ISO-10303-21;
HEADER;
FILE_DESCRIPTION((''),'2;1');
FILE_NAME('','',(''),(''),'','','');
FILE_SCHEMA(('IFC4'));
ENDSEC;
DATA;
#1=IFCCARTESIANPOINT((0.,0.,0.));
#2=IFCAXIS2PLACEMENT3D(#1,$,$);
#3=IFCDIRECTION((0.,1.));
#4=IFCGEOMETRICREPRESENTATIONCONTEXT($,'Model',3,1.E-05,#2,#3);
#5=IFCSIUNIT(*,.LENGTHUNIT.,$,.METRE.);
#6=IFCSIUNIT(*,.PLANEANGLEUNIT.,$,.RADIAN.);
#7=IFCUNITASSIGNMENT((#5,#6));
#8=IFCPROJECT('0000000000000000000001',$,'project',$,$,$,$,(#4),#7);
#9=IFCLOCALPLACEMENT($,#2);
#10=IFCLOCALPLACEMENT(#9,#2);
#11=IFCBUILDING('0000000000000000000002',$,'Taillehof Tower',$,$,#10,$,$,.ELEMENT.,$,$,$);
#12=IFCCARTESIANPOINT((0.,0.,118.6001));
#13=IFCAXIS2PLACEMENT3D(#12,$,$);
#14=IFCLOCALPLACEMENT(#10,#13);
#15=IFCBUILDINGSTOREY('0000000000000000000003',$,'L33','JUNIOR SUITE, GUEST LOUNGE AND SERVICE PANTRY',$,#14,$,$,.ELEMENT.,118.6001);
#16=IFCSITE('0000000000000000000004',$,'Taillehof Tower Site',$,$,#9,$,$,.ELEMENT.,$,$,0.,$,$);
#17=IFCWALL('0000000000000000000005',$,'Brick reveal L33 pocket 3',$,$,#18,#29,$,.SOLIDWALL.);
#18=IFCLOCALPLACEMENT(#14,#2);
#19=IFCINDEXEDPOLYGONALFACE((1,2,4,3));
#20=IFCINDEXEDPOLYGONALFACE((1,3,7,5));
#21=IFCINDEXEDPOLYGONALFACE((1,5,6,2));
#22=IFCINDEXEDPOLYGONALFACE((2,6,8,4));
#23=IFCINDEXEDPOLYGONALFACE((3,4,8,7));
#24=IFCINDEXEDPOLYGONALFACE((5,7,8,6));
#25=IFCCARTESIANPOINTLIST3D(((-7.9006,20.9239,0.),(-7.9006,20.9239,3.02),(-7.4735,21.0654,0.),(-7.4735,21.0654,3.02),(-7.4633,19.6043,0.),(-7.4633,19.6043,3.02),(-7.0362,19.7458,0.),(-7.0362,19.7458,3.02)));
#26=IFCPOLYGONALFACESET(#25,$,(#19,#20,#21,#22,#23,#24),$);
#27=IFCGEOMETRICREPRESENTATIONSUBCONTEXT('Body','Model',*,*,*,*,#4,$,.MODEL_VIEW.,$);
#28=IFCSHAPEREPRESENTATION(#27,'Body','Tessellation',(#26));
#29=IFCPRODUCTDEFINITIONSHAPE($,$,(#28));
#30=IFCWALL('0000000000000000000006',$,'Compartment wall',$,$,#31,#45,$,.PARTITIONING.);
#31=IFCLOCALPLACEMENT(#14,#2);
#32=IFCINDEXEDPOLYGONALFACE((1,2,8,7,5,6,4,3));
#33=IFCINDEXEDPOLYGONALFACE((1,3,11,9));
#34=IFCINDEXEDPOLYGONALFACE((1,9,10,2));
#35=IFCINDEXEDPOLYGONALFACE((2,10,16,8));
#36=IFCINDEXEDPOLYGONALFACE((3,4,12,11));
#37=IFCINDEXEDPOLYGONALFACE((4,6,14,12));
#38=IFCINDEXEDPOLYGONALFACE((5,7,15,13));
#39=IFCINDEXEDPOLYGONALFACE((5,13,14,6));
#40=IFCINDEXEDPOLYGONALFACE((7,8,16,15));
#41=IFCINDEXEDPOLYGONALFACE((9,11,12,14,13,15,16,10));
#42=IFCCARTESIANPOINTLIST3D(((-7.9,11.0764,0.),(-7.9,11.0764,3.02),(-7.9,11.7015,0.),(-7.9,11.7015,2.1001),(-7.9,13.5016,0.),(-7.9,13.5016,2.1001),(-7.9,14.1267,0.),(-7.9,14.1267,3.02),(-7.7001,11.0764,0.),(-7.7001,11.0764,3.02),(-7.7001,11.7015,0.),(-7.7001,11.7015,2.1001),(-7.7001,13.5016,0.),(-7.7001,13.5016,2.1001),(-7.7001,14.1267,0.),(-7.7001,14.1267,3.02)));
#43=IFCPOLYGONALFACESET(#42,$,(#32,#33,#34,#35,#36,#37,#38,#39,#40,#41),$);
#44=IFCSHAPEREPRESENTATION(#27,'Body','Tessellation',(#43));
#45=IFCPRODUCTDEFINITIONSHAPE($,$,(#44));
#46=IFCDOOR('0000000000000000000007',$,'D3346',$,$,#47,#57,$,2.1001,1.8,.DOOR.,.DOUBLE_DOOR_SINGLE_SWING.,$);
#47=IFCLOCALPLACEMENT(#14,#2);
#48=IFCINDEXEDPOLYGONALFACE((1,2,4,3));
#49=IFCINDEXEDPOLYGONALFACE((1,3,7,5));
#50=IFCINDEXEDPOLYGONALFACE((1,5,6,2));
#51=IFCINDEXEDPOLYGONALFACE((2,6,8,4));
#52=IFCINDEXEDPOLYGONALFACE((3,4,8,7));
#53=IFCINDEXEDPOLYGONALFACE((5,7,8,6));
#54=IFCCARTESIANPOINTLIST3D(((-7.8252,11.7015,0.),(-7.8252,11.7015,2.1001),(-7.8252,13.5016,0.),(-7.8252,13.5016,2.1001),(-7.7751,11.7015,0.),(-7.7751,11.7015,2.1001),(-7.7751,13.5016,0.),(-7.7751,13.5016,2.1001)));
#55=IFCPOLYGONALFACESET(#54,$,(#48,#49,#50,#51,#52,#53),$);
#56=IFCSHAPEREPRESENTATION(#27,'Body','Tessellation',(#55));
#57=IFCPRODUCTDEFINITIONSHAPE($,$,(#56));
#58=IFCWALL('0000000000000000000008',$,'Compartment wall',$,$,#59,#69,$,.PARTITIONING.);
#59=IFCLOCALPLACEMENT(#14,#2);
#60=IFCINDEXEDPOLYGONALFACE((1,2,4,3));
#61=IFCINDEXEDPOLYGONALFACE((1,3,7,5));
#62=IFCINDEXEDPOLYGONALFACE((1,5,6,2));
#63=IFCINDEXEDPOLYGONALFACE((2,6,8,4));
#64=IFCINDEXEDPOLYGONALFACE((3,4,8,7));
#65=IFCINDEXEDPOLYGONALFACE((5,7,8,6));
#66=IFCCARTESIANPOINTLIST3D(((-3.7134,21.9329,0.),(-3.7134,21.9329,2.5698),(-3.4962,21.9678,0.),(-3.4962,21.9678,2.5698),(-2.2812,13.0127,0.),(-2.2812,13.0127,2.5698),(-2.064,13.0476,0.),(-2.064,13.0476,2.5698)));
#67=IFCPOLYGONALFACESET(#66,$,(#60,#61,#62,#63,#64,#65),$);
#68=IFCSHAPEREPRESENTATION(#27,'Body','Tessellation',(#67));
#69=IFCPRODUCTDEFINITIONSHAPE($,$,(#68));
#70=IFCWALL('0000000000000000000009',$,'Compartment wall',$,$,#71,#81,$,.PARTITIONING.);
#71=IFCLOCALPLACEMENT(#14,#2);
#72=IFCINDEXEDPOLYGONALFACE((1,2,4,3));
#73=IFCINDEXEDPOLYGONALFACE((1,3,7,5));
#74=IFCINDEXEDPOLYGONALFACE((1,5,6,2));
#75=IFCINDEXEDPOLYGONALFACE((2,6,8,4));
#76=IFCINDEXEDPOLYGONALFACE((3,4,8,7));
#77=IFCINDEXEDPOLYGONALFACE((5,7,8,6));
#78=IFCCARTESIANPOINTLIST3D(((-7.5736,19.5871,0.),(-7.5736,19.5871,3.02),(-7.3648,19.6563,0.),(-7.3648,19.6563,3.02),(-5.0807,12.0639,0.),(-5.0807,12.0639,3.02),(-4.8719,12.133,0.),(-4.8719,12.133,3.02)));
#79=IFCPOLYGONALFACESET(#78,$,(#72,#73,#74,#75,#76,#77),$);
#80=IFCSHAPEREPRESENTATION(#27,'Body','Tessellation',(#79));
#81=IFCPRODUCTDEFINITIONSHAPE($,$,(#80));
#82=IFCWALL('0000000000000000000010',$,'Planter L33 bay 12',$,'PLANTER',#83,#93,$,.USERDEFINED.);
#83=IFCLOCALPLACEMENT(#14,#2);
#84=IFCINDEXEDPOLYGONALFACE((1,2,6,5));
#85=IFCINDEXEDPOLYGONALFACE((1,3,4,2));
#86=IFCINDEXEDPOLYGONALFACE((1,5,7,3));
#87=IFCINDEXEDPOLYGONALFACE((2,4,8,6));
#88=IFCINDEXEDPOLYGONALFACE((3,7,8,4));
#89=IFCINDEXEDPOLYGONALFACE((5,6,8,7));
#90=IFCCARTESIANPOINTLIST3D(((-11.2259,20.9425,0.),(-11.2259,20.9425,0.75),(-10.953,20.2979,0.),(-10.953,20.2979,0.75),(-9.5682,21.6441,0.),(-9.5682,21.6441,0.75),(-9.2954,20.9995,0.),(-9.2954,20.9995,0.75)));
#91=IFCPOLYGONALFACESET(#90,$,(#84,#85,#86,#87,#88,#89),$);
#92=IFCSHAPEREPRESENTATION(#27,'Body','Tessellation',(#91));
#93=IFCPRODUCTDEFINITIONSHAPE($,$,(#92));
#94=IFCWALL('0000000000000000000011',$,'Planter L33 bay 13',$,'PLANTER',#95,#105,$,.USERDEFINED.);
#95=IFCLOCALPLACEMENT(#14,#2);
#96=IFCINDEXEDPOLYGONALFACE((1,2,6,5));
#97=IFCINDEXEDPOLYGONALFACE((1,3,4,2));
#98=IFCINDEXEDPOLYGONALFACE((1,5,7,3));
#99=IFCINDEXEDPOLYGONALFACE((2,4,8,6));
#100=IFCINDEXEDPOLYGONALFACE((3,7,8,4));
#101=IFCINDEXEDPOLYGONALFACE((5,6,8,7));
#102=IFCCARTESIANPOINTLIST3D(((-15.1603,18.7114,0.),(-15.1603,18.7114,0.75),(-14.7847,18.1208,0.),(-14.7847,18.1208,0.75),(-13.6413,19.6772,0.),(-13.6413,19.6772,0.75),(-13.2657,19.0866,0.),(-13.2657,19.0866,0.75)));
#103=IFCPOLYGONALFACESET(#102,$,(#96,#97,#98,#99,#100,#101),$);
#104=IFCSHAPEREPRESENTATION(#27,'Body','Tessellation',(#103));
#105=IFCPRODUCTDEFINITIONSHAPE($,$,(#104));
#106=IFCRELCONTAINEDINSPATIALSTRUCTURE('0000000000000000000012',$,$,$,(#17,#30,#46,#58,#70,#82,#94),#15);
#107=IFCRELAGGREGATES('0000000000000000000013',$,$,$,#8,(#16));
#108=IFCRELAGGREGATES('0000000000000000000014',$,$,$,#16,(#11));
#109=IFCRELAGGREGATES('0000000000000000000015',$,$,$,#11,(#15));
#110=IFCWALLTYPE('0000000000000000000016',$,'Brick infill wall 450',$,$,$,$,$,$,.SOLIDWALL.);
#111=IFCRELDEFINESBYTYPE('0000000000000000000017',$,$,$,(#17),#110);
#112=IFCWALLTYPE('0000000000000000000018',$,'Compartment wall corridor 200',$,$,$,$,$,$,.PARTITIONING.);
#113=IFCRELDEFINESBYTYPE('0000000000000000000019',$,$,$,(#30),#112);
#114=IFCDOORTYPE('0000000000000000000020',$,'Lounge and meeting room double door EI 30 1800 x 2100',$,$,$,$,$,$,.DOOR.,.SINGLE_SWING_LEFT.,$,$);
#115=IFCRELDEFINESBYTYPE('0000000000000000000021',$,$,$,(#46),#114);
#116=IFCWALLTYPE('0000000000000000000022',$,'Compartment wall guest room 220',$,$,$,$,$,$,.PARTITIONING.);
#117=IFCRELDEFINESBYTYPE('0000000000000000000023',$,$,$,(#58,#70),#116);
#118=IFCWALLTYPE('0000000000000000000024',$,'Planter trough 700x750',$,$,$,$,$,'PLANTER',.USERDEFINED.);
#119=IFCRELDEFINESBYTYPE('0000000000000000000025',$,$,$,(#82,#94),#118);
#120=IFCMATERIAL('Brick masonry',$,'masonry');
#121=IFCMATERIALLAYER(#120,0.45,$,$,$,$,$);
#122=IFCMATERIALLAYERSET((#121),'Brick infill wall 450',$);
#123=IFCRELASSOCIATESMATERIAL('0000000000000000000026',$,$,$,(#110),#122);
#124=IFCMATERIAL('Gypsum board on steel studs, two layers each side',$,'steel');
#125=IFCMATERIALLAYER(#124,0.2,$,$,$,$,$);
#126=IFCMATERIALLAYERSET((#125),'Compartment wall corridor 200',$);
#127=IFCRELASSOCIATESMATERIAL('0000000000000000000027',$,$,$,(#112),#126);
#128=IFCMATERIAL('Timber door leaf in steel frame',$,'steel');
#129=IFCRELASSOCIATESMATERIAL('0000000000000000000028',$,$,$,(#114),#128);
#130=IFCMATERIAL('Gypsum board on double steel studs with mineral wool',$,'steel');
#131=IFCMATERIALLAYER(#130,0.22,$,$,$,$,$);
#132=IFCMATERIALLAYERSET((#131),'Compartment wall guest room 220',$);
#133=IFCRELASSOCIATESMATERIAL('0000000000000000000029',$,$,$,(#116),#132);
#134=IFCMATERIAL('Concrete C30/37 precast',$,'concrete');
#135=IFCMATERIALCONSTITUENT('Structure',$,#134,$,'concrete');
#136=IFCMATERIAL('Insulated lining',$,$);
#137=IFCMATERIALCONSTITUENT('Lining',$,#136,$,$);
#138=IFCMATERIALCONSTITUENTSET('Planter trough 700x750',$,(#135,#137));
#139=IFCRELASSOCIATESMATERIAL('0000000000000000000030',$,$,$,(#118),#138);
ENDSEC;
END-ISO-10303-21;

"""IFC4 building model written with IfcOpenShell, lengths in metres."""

from ifc_helpers import new_model, si_unit, direction, frame, frame_2d, origin, place, context, subcontext, project, spatial, rectangle, extrude, material, layer, layer_set, constituent, constituent_set, type_object, element, fill, save


model = new_model("IFC4")

# Units and contexts
model_context = context("Model", 3, precision=1e-05, world=origin(), true_north=direction((0.0, 1.0)))
body_context = subcontext(model_context, "Body", "Model", "MODEL_VIEW")
ifc_project = project(units=[si_unit("LENGTHUNIT", "METRE"), si_unit("PLANEANGLEUNIT", "RADIAN")], contexts=[model_context])

# Site, building, storey
site_placement = place(None, origin())
site = spatial("IfcSite", under=ifc_project, at=site_placement, Name="Taillehof Tower Site", CompositionType="ELEMENT", RefElevation=0.0)
building_placement = place(site_placement, origin())
building = spatial("IfcBuilding", under=site, at=building_placement, Name="Taillehof Tower", CompositionType="ELEMENT")
storey_placement = place(building_placement, frame((0.0, 0.0, 118.6001)))
storey = spatial("IfcBuildingStorey", under=building, at=storey_placement, Name="L33", Description="JUNIOR SUITE, GUEST LOUNGE AND SERVICE PANTRY", CompositionType="ELEMENT", Elevation=118.6001)

# Shared definitions
ifc_material_1 = material(Name="Brick masonry", Category="masonry")
ifc_layer_1 = layer(ifc_material_1, 0.45)
ifc_layer_set_1 = layer_set([ifc_layer_1], Name="Brick infill wall 450")
wall_type_1 = type_object("IfcWallType", Name="Brick infill wall 450", PredefinedType="SOLIDWALL", material=ifc_layer_set_1)

# Wall
wall_1_placement = place(storey_placement, frame((-7.687, 20.9946, 0.0), z_axis=(0.0, 0.0, 1.0), x_axis=(0.314541, -0.949244, 0.0)))
element("IfcWall", 1, at=wall_1_placement, inside=storey, type_object=wall_type_1, Name="Brick reveal L33 pocket 3", PredefinedType="SOLIDWALL", context=body_context, shape_type="SweptSolid", body=[
    extrude(rectangle(XDim=1.3901, YDim=0.45, at=frame_2d((0.6951, 0.0))), origin(), (0.0, 0.0, 1.0), 3.02),
])

# Wall, opening, door
ifc_material_2 = material(Name="Gypsum board on steel studs, two layers each side", Category="steel")
ifc_layer_2 = layer(ifc_material_2, 0.2)
ifc_layer_set_2 = layer_set([ifc_layer_2], Name="Compartment wall corridor 200")
wall_type_2 = type_object("IfcWallType", Name="Compartment wall corridor 200", PredefinedType="PARTITIONING", material=ifc_layer_set_2)
wall_2_placement = place(storey_placement, frame((-7.8, 14.1267, 0.0), z_axis=(0.0, 0.0, 1.0), x_axis=(0.0, -1.0, 0.0)))
wall_2 = element("IfcWall", 2, at=wall_2_placement, inside=storey, type_object=wall_type_2, Name="Compartment wall", PredefinedType="PARTITIONING", context=body_context, shape_type="SweptSolid", body=[
    extrude(rectangle(XDim=3.0503, YDim=0.2, at=frame_2d((1.5251, 0.0))), origin(), (0.0, 0.0, 1.0), 3.02),
])
opening_1_placement = place(wall_2_placement, frame((0.6252, 0.0, 0.0)))
opening_1 = element("IfcOpeningElement", 3, at=opening_1_placement, cuts=wall_2, PredefinedType="OPENING", context=body_context, shape_type="SweptSolid", body=[
    extrude(rectangle(XDim=1.8, YDim=2.1001, at=frame_2d((0.8999, 1.05))), frame((0.0, 0.1099, 0.0), z_axis=(0.0, -1.0, 0.0), x_axis=(1.0, 0.0, 0.0)), (0.0, 0.0, 1.0), 0.22),
])
ifc_material_3 = material(Name="Timber door leaf in steel frame", Category="steel")
door_type_1 = type_object("IfcDoorType", Name="Lounge and meeting room double door EI 30 1800 x 2100", OperationType="SINGLE_SWING_LEFT", PredefinedType="DOOR", material=ifc_material_3)
door_1_placement = place(opening_1_placement, origin())
door_1 = element("IfcDoor", 4, at=door_1_placement, inside=storey, type_object=door_type_1, Name="D3346", OperationType="DOUBLE_DOOR_SINGLE_SWING", OverallHeight=2.1001, OverallWidth=1.8, PredefinedType="DOOR", context=body_context, shape_type="SweptSolid", body=[
    extrude(rectangle(XDim=1.8, YDim=2.1001, at=frame_2d((0.8999, 1.05))), frame((0.0, 0.0249, 0.0), z_axis=(0.0, -1.0, 0.0), x_axis=(1.0, 0.0, 0.0)), (0.0, 0.0, 1.0), 0.05),
])
fill(opening_1, door_1)

# Walls
ifc_material_4 = material(Name="Gypsum board on double steel studs with mineral wool", Category="steel")
ifc_layer_3 = layer(ifc_material_4, 0.22)
ifc_layer_set_3 = layer_set([ifc_layer_3], Name="Compartment wall guest room 220")
wall_type_3 = type_object("IfcWallType", Name="Compartment wall guest room 220", PredefinedType="PARTITIONING", material=ifc_layer_set_3)
wall_3_placement = place(storey_placement, frame((-3.6047, 21.9502, 0.0), z_axis=(0.0, 0.0, 1.0), x_axis=(0.15852, -0.987356, 0.0)))
element("IfcWall", 5, at=wall_3_placement, inside=storey, type_object=wall_type_3, Name="Compartment wall", PredefinedType="PARTITIONING", context=body_context, shape_type="SweptSolid", body=[
    extrude(rectangle(XDim=9.0344, YDim=0.22, at=frame_2d((4.5171, 0.0))), origin(), (0.0, 0.0, 1.0), 2.5698),
])
wall_4_placement = place(storey_placement, frame((-7.4692, 19.6218, 0.0), z_axis=(0.0, 0.0, 1.0), x_axis=(0.314545, -0.949242, 0.0)))
element("IfcWall", 6, at=wall_4_placement, inside=storey, type_object=wall_type_3, Name="Compartment wall", PredefinedType="PARTITIONING", context=body_context, shape_type="SweptSolid", body=[
    extrude(rectangle(XDim=7.9255, YDim=0.22, at=frame_2d((3.9629, 0.0))), origin(), (0.0, 0.0, 1.0), 3.02),
])
ifc_material_5 = material(Name="Concrete C30/37 precast", Category="concrete")
ifc_constituent_1 = constituent(ifc_material_5, Name="Structure", Category="concrete")
ifc_material_6 = material(Name="Insulated lining")
ifc_constituent_2 = constituent(ifc_material_6, Name="Lining")
ifc_constituent_set = constituent_set(constituents=[ifc_constituent_1, ifc_constituent_2], Name="Planter trough 700x750")
wall_type_4 = type_object("IfcWallType", Name="Planter trough 700x750", ElementType="PLANTER", PredefinedType="USERDEFINED", material=ifc_constituent_set)
for number, where, z_axis, x_axis, name in (
    (7, (-9.4319, 21.3218, 0.0), (0.0, 0.0, 1.0), (-0.920904, -0.38979, 0.0), "Planter L33 bay 12"),
    (8, (-13.4536, 19.3818, 0.0), (0.0, 0.0, 1.0), (-0.843874, -0.536542, 0.0), "Planter L33 bay 13"),
):
    element("IfcWall", number, at=place(storey_placement, frame(where, z_axis=z_axis, x_axis=x_axis)), inside=storey, type_object=wall_type_4, Name=name, ObjectType="PLANTER", PredefinedType="USERDEFINED", context=body_context, shape_type="SweptSolid", body=[
        extrude(rectangle(XDim=1.8, YDim=0.7, at=frame_2d((0.8999, 0.0))), origin(), (0.0, 0.0, 1.0), 0.75),
    ])

save(model, "model.ifc")
